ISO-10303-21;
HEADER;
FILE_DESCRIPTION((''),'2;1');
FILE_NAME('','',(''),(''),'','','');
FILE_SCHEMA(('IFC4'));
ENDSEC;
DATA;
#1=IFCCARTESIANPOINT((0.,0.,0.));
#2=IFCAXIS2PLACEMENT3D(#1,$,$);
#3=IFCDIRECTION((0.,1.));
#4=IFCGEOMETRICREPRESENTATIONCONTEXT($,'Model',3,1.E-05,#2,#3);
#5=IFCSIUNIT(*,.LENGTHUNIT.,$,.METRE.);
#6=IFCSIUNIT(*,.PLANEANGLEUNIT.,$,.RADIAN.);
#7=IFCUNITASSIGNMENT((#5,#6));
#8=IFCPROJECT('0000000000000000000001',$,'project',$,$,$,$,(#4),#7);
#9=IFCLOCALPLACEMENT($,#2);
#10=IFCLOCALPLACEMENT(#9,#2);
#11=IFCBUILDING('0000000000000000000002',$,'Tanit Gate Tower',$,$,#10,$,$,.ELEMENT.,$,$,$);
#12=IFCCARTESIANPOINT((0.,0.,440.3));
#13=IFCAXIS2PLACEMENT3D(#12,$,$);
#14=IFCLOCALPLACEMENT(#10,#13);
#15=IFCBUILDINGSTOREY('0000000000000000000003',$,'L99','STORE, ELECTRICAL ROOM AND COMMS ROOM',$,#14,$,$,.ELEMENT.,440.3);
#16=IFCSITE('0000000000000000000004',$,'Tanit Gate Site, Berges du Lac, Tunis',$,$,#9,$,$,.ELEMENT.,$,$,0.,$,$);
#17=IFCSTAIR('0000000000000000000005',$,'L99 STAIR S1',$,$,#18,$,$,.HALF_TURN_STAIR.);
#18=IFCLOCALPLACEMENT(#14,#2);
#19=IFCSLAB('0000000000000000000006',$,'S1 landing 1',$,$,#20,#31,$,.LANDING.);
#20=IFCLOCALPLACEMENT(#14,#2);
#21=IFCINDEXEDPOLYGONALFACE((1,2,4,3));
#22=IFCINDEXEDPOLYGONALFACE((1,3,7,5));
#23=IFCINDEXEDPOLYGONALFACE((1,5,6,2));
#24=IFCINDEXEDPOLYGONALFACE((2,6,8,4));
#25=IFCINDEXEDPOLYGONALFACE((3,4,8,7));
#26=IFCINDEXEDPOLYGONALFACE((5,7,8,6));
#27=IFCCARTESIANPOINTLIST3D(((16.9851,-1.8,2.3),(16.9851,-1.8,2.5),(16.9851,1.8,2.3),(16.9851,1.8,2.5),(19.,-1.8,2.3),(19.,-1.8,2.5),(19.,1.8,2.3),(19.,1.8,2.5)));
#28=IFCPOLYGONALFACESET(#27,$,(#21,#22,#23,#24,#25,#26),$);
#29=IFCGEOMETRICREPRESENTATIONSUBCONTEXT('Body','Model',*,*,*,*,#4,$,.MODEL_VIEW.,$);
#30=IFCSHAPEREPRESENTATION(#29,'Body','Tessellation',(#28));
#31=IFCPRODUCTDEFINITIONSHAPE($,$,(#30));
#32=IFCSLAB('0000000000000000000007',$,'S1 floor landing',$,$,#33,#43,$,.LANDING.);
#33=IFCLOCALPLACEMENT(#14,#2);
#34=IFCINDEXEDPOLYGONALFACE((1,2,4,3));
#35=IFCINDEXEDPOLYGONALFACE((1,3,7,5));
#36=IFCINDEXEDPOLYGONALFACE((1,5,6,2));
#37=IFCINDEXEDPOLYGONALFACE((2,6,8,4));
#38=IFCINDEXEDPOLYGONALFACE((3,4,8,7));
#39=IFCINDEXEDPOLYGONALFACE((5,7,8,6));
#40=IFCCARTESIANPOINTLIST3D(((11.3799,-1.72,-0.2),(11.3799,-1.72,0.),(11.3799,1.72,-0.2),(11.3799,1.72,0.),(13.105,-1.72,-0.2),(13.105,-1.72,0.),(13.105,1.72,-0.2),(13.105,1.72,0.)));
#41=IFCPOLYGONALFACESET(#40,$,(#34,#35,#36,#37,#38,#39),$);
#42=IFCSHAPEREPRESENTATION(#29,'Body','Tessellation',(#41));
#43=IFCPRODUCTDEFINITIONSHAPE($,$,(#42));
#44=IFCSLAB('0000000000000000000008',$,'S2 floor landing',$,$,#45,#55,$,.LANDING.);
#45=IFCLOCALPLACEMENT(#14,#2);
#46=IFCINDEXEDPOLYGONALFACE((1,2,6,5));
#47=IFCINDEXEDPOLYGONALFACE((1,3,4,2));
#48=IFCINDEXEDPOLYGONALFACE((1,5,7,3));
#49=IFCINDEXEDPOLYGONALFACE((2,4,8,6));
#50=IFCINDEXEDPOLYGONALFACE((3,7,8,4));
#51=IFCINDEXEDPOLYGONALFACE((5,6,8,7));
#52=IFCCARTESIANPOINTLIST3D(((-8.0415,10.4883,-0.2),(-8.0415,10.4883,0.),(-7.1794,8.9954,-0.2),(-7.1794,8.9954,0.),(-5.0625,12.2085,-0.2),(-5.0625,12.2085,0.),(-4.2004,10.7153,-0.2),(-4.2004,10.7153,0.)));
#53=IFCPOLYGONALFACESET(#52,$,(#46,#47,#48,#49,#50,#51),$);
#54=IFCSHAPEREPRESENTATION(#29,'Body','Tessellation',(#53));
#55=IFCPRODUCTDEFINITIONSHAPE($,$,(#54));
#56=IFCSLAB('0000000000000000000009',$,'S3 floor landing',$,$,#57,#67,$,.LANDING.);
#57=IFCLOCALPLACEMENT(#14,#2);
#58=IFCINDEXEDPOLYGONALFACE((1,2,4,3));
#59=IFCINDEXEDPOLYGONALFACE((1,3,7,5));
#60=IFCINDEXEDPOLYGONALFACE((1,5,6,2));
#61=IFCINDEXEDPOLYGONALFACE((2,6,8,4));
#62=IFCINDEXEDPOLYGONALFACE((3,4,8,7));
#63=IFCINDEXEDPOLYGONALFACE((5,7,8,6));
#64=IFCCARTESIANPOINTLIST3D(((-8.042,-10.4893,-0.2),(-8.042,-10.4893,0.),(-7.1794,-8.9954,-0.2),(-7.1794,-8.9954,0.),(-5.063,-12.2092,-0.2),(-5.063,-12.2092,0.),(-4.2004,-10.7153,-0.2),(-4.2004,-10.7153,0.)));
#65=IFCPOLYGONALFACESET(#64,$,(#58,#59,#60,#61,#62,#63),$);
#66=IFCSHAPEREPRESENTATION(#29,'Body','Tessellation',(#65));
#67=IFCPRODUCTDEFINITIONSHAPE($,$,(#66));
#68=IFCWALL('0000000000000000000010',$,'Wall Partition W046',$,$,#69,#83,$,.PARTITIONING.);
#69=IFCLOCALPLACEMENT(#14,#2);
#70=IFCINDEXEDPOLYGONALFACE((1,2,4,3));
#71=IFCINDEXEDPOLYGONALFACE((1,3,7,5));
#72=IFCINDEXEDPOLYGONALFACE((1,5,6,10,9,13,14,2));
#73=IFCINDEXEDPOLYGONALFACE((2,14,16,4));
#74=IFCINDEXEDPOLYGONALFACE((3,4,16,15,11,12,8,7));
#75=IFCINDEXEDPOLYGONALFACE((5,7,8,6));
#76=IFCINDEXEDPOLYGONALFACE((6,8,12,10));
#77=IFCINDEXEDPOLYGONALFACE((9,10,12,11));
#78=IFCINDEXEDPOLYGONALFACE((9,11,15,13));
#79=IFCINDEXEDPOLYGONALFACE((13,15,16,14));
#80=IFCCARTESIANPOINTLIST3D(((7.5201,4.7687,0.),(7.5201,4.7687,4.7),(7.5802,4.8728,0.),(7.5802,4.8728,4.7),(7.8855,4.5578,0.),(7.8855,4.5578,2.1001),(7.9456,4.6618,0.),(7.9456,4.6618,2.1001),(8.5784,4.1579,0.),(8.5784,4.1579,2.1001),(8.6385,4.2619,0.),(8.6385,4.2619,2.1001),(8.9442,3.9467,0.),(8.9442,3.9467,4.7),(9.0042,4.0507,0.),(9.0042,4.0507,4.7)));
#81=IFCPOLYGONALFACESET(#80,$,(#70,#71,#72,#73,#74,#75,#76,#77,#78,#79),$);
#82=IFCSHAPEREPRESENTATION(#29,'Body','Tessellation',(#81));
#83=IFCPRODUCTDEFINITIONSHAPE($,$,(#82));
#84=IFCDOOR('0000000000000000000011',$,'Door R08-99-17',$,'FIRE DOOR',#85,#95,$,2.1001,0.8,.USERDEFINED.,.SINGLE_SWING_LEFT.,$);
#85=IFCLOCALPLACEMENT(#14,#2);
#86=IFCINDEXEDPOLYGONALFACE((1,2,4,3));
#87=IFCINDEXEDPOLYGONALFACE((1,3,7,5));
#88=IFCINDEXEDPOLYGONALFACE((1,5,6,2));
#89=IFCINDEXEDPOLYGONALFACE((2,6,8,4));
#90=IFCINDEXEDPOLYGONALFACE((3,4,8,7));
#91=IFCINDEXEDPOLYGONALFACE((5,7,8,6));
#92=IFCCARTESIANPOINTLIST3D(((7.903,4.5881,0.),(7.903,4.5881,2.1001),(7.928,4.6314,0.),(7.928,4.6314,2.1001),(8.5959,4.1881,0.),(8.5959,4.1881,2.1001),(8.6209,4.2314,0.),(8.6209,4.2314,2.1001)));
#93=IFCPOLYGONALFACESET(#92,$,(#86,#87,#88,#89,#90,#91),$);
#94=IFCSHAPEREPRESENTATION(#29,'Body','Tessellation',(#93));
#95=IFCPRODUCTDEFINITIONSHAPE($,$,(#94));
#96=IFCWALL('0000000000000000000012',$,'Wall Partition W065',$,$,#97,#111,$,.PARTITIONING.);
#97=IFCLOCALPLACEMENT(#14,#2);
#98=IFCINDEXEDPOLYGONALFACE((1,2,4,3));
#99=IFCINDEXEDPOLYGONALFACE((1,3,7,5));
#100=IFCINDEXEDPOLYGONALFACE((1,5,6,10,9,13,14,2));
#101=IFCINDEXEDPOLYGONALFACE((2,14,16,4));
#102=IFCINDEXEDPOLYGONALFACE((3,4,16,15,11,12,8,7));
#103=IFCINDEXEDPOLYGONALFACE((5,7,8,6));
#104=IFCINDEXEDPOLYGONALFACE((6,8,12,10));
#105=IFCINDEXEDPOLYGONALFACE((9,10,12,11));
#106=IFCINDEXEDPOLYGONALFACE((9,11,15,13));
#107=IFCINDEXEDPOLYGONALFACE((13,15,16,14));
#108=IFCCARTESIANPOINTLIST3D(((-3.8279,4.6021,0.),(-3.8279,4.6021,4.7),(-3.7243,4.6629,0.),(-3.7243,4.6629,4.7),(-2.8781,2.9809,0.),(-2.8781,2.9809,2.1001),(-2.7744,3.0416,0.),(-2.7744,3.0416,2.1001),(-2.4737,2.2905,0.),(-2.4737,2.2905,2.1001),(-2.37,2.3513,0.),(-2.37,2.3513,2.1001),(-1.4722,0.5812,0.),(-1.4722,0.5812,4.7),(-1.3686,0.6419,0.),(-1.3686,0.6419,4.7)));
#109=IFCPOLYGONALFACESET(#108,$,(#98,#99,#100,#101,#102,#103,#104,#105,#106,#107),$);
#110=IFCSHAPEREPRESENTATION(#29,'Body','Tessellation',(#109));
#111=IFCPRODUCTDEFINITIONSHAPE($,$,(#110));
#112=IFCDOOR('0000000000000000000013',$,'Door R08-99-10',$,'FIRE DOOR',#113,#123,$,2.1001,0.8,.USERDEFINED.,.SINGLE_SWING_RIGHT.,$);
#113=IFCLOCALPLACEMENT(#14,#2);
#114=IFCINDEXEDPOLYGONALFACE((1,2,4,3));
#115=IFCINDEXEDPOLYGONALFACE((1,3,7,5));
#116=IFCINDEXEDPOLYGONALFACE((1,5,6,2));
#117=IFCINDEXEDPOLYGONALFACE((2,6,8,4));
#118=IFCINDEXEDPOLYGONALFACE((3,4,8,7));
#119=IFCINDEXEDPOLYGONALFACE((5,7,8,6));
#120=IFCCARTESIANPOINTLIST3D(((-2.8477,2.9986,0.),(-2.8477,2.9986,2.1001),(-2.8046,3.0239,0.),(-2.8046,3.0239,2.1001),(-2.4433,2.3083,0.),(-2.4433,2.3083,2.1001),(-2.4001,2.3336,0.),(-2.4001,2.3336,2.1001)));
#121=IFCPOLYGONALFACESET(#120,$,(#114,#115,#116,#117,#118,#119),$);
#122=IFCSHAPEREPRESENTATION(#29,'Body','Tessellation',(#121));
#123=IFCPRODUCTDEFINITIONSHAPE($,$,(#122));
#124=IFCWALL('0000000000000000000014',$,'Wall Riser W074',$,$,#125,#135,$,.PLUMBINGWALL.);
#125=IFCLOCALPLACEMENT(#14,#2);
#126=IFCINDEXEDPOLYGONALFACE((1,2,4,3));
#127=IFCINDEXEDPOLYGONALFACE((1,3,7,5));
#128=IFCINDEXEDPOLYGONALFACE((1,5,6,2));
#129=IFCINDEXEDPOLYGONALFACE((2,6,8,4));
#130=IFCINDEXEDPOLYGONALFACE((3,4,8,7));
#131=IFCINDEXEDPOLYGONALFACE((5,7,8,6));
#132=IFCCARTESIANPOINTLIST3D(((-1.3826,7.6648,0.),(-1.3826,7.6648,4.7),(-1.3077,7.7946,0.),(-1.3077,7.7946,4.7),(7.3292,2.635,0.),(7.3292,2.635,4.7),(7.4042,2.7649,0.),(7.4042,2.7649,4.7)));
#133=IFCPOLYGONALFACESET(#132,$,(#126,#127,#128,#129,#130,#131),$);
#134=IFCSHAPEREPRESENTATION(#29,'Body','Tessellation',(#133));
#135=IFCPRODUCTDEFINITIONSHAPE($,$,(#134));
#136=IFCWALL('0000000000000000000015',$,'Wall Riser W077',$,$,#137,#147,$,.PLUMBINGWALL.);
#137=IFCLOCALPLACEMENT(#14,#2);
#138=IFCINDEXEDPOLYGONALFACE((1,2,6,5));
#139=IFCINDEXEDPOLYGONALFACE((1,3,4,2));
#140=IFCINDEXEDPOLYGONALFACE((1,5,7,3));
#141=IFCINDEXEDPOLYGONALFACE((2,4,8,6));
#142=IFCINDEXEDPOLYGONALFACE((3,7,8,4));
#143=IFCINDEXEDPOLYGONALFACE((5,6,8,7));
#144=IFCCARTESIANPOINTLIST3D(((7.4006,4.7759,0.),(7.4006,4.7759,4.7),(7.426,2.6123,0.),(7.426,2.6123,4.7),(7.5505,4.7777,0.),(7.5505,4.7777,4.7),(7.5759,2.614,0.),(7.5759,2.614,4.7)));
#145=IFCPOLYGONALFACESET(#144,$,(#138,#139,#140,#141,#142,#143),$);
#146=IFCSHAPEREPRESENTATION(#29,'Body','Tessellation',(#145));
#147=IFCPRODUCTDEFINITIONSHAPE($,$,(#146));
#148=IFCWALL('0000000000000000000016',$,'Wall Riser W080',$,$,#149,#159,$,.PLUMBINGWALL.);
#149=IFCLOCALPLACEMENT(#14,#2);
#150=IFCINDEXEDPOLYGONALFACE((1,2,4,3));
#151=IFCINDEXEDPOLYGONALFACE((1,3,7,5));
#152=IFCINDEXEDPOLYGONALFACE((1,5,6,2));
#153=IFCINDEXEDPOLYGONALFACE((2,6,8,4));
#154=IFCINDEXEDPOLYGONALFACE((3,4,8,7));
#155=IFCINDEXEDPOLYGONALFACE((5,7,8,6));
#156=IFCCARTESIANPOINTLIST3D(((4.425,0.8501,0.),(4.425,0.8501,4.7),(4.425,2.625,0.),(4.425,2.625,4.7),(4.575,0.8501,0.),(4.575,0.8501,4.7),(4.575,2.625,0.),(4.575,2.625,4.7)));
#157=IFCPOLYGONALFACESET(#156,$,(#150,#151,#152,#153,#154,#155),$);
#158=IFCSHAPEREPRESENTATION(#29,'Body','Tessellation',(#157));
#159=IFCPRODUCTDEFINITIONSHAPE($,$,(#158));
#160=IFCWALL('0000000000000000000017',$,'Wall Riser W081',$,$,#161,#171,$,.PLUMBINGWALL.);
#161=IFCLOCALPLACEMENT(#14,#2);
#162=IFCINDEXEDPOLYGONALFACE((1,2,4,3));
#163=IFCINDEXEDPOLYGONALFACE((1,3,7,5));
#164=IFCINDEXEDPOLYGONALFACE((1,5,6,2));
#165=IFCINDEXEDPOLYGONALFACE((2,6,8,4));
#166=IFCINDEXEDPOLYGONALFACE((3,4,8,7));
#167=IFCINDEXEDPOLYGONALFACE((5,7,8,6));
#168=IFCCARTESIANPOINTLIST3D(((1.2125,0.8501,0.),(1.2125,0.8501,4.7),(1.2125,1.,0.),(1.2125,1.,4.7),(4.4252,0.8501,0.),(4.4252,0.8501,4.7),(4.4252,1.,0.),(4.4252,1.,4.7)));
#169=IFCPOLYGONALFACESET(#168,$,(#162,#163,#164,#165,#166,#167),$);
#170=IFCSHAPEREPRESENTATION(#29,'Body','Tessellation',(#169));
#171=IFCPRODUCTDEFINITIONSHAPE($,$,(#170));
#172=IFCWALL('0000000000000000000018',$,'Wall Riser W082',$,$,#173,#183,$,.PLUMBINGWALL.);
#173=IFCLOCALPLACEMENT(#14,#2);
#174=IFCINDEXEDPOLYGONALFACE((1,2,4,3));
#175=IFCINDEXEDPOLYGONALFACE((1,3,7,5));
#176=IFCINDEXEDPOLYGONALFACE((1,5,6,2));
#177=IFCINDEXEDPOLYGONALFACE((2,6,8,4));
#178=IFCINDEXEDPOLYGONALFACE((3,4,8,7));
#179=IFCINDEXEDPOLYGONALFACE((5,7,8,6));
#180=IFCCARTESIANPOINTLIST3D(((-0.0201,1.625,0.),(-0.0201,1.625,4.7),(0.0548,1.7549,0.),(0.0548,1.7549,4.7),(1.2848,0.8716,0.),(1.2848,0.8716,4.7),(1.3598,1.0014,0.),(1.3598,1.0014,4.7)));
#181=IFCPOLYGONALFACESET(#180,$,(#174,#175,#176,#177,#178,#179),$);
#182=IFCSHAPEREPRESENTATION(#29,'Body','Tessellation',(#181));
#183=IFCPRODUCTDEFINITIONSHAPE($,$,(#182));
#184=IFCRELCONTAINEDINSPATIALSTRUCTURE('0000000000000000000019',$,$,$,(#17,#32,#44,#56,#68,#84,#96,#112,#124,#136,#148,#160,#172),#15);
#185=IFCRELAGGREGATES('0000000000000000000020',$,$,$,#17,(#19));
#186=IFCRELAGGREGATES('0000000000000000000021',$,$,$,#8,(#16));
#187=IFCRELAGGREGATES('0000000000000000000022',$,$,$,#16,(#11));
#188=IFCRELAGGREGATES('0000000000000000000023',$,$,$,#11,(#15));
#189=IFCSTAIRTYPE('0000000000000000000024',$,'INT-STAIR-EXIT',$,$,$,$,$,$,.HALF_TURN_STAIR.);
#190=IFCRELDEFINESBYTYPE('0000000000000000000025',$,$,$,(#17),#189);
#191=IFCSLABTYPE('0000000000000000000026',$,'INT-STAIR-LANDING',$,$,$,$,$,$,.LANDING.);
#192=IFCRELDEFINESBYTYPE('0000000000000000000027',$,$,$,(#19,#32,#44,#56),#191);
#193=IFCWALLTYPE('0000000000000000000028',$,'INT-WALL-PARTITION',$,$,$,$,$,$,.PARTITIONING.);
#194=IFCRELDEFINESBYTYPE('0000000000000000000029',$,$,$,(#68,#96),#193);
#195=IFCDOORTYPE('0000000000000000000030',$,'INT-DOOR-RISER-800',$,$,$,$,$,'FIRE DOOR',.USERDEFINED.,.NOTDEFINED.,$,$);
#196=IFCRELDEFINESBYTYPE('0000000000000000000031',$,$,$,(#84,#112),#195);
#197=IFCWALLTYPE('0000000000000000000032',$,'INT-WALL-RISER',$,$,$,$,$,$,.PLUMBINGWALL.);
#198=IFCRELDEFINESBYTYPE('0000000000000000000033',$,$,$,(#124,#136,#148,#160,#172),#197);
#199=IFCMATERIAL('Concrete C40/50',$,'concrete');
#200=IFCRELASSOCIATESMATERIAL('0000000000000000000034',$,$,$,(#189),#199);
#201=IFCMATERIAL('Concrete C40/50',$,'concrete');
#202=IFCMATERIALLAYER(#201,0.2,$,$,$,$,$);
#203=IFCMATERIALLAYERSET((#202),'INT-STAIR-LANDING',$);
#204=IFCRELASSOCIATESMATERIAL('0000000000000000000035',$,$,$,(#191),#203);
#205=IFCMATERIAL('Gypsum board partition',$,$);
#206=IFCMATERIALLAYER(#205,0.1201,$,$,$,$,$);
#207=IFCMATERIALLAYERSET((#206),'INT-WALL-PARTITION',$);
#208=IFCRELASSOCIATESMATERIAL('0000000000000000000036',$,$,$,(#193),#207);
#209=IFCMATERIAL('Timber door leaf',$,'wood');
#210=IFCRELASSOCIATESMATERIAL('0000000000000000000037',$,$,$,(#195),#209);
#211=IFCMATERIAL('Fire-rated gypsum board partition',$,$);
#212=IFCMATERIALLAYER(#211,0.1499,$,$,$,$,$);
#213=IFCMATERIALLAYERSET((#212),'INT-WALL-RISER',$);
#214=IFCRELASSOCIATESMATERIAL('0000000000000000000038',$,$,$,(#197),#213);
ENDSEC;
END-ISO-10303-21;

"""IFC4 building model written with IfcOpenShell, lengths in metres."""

from ifc_helpers import new_model, si_unit, direction, frame, frame_2d, origin, place, context, subcontext, project, spatial, polyline, rectangle, outline, extrude, material, layer, layer_set, type_object, element, fill, aggregate, save


model = new_model("IFC4")

# Units and contexts
model_context = context("Model", 3, precision=1e-05, world=origin(), true_north=direction((0.0, 1.0)))
body_context = subcontext(model_context, "Body", "Model", "MODEL_VIEW")
ifc_project = project(units=[si_unit("LENGTHUNIT", "METRE"), si_unit("PLANEANGLEUNIT", "RADIAN")], contexts=[model_context])

# Site, building, storey
site_placement = place(None, origin())
site = spatial("IfcSite", under=ifc_project, at=site_placement, Name="Tanit Gate Site, Berges du Lac, Tunis", CompositionType="ELEMENT", RefElevation=0.0)
building_placement = place(site_placement, origin())
building = spatial("IfcBuilding", under=site, at=building_placement, Name="Tanit Gate Tower", CompositionType="ELEMENT")
storey_placement = place(building_placement, frame((0.0, 0.0, 440.3)))
storey = spatial("IfcBuildingStorey", under=building, at=storey_placement, Name="L99", Description="STORE, ELECTRICAL ROOM AND COMMS ROOM", CompositionType="ELEMENT", Elevation=440.3)

# Stair, slab
ifc_material_1 = material(Name="Concrete C40/50", Category="concrete")
stair_type = type_object("IfcStairType", Name="INT-STAIR-EXIT", PredefinedType="HALF_TURN_STAIR", material=ifc_material_1)
stair_placement = place(storey_placement, origin())
stair = element("IfcStair", 1, at=stair_placement, inside=storey, type_object=stair_type, Name="L99 STAIR S1", PredefinedType="HALF_TURN_STAIR")
ifc_material_2 = material(Name="Concrete C40/50", Category="concrete")
ifc_layer_1 = layer(ifc_material_2, 0.2)
ifc_layer_set_1 = layer_set([ifc_layer_1], Name="INT-STAIR-LANDING")
slab_type = type_object("IfcSlabType", Name="INT-STAIR-LANDING", PredefinedType="LANDING", material=ifc_layer_set_1)
slab_1_placement = place(storey_placement, frame((0.0, 0.0, 2.3)))
slab_1 = element("IfcSlab", 2, at=slab_1_placement, type_object=slab_type, Name="S1 landing 1", PredefinedType="LANDING", context=body_context, shape_type="SweptSolid", body=[
    extrude(outline(polyline([(16.9851, -1.8), (19.0, -1.8), (19.0, 1.8), (16.9851, 1.8), (16.9851, -1.8)])), origin(), (0.0, 0.0, 1.0), 0.2),
])
aggregate(stair, [slab_1])

# Slabs
slab_2_placement = place(storey_placement, frame((0.0, 0.0, -0.2)))
element("IfcSlab", 3, at=slab_2_placement, inside=storey, type_object=slab_type, Name="S1 floor landing", PredefinedType="LANDING", context=body_context, shape_type="SweptSolid", body=[
    extrude(outline(polyline([(11.3799, -1.72), (13.105, -1.72), (13.105, 1.72), (11.3799, 1.72), (11.3799, -1.72)])), origin(), (0.0, 0.0, 1.0), 0.2),
])
slab_3_placement = place(storey_placement, frame((0.0, 0.0, -0.2)))
element("IfcSlab", 4, at=slab_3_placement, inside=storey, type_object=slab_type, Name="S2 floor landing", PredefinedType="LANDING", context=body_context, shape_type="SweptSolid", body=[
    extrude(outline(polyline([(-4.2004, 10.7153), (-5.0625, 12.2085), (-8.0415, 10.4883), (-7.1794, 8.9954), (-4.2004, 10.7153)])), origin(), (0.0, 0.0, 1.0), 0.2),
])
slab_4_placement = place(storey_placement, frame((0.0, 0.0, -0.2)))
element("IfcSlab", 5, at=slab_4_placement, inside=storey, type_object=slab_type, Name="S3 floor landing", PredefinedType="LANDING", context=body_context, shape_type="SweptSolid", body=[
    extrude(outline(polyline([(-7.1794, -8.9954), (-8.042, -10.4893), (-5.063, -12.2092), (-4.2004, -10.7153), (-7.1794, -8.9954)])), origin(), (0.0, 0.0, 1.0), 0.2),
])

# Walls, openings, doors
ifc_material_3 = material(Name="Gypsum board partition")
ifc_layer_2 = layer(ifc_material_3, 0.1201)
ifc_layer_set_2 = layer_set([ifc_layer_2], Name="INT-WALL-PARTITION")
wall_type_1 = type_object("IfcWallType", Name="INT-WALL-PARTITION", PredefinedType="PARTITIONING", material=ifc_layer_set_2)
wall_1_placement = place(storey_placement, frame((7.55, 4.8208, 0.0), z_axis=(0.0, 0.0, 1.0), x_axis=(0.866069, -0.499924, 0.0)))
wall_1 = element("IfcWall", 6, at=wall_1_placement, inside=storey, type_object=wall_type_1, Name="Wall Partition W046", PredefinedType="PARTITIONING", context=body_context, shape_type="SweptSolid", body=[
    extrude(rectangle(XDim=1.6443, YDim=0.1201, at=frame_2d((0.8223, 0.0))), origin(), (0.0, 0.0, 1.0), 4.7),
])
opening_1_placement = place(wall_1_placement, frame((0.4221, 0.0, 0.0)))
opening_1 = element("IfcOpeningElement", 7, at=opening_1_placement, cuts=wall_1, PredefinedType="OPENING", context=body_context, shape_type="SweptSolid", body=[
    extrude(rectangle(XDim=0.8, YDim=2.1001, at=frame_2d((0.3999, 1.05))), frame((0.0, 0.0701, 0.0), z_axis=(0.0, -1.0, 0.0), x_axis=(1.0, 0.0, 0.0)), (0.0, 0.0, 1.0), 0.1401),
])
ifc_material_4 = material(Name="Timber door leaf", Category="wood")
door_type = type_object("IfcDoorType", Name="INT-DOOR-RISER-800", ElementType="FIRE DOOR", OperationType="NOTDEFINED", PredefinedType="USERDEFINED", material=ifc_material_4)
door_1_placement = place(opening_1_placement, origin())
door_1 = element("IfcDoor", 8, at=door_1_placement, inside=storey, type_object=door_type, Name="Door R08-99-17", ObjectType="FIRE DOOR", OperationType="SINGLE_SWING_LEFT", OverallHeight=2.1001, OverallWidth=0.8, PredefinedType="USERDEFINED", context=body_context, shape_type="SweptSolid", body=[
    extrude(rectangle(XDim=0.8, YDim=2.1001, at=frame_2d((0.3999, 1.05))), frame((0.0, 0.0249, 0.0), z_axis=(0.0, -1.0, 0.0), x_axis=(1.0, 0.0, 0.0)), (0.0, 0.0, 1.0), 0.05),
])
fill(opening_1, door_1)
wall_2_placement = place(storey_placement, frame((-1.4204, 0.6116, 0.0), z_axis=(0.0, 0.0, 1.0), x_axis=(-0.505492, 0.862831, 0.0)))
wall_2 = element("IfcWall", 9, at=wall_2_placement, inside=storey, type_object=wall_type_1, Name="Wall Partition W065", PredefinedType="PARTITIONING", context=body_context, shape_type="SweptSolid", body=[
    extrude(rectangle(XDim=4.6602, YDim=0.1201, at=frame_2d((2.3301, 0.0))), origin(), (0.0, 0.0, 1.0), 4.7),
])
opening_2_placement = place(wall_2_placement, frame((1.9812, 0.0, 0.0)))
opening_2 = element("IfcOpeningElement", 10, at=opening_2_placement, cuts=wall_2, PredefinedType="OPENING", context=body_context, shape_type="SweptSolid", body=[
    extrude(rectangle(XDim=0.8, YDim=2.1001, at=frame_2d((0.3999, 1.05))), frame((0.0, 0.0701, 0.0), z_axis=(0.0, -1.0, 0.0), x_axis=(1.0, 0.0, 0.0)), (0.0, 0.0, 1.0), 0.1401),
])
door_2_placement = place(opening_2_placement, origin())
door_2 = element("IfcDoor", 11, at=door_2_placement, inside=storey, type_object=door_type, Name="Door R08-99-10", ObjectType="FIRE DOOR", OperationType="SINGLE_SWING_RIGHT", OverallHeight=2.1001, OverallWidth=0.8, PredefinedType="USERDEFINED", context=body_context, shape_type="SweptSolid", body=[
    extrude(rectangle(XDim=0.8, YDim=2.1001, at=frame_2d((0.3999, 1.05))), frame((0.0, 0.0249, 0.0), z_axis=(0.0, -1.0, 0.0), x_axis=(1.0, 0.0, 0.0)), (0.0, 0.0, 1.0), 0.05),
])
fill(opening_2, door_2)

# Walls
ifc_material_5 = material(Name="Fire-rated gypsum board partition")
ifc_layer_3 = layer(ifc_material_5, 0.1499)
ifc_layer_set_3 = layer_set([ifc_layer_3], Name="INT-WALL-RISER")
wall_type_2 = type_object("IfcWallType", Name="INT-WALL-RISER", PredefinedType="PLUMBINGWALL", material=ifc_layer_set_3)
wall_3_placement = place(storey_placement, frame((7.3667, 2.7, 0.0), z_axis=(0.0, 0.0, 1.0), x_axis=(-0.866027, 0.499997, 0.0)))
element("IfcWall", 12, at=wall_3_placement, inside=storey, type_object=wall_type_2, Name="Wall Riser W074", PredefinedType="PLUMBINGWALL", context=body_context, shape_type="SweptSolid", body=[
    extrude(rectangle(XDim=10.0596, YDim=0.1499, at=frame_2d((5.0298, 0.0))), origin(), (0.0, 0.0, 1.0), 4.7),
])
wall_4_placement = place(storey_placement, frame((7.501, 2.613, 0.0), z_axis=(0.0, 0.0, 1.0), x_axis=(-0.011735, 0.999931, 0.0)))
element("IfcWall", 13, at=wall_4_placement, inside=storey, type_object=wall_type_2, Name="Wall Riser W077", PredefinedType="PLUMBINGWALL", context=body_context, shape_type="SweptSolid", body=[
    extrude(rectangle(XDim=2.1638, YDim=0.1499, at=frame_2d((1.082, 0.0))), origin(), (0.0, 0.0, 1.0), 4.7),
])
wall_5_placement = place(storey_placement, frame((4.5, 0.8501, 0.0), z_axis=(0.0, 0.0, 1.0), x_axis=(0.0, 1.0, 0.0)))
element("IfcWall", 14, at=wall_5_placement, inside=storey, type_object=wall_type_2, Name="Wall Riser W080", PredefinedType="PLUMBINGWALL", context=body_context, shape_type="SweptSolid", body=[
    extrude(rectangle(XDim=1.7749, YDim=0.1499, at=frame_2d((0.8875, 0.0))), origin(), (0.0, 0.0, 1.0), 4.7),
])
wall_6_placement = place(storey_placement, frame((1.2124, 0.925, 0.0), z_axis=(0.0, 0.0, 1.0), x_axis=(1.0, 0.0, 0.0)))
element("IfcWall", 15, at=wall_6_placement, inside=storey, type_object=wall_type_2, Name="Wall Riser W081", PredefinedType="PLUMBINGWALL", context=body_context, shape_type="SweptSolid", body=[
    extrude(rectangle(XDim=3.2126, YDim=0.1499, at=frame_2d((1.6064, 0.0))), origin(), (0.0, 0.0, 1.0), 4.7),
])
wall_7_placement = place(storey_placement, frame((0.0173, 1.6899, 0.0), z_axis=(0.0, 0.0, 1.0), x_axis=(0.866021, -0.500008, 0.0)))
element("IfcWall", 16, at=wall_7_placement, inside=storey, type_object=wall_type_2, Name="Wall Riser W082", PredefinedType="PLUMBINGWALL", context=body_context, shape_type="SweptSolid", body=[
    extrude(rectangle(XDim=1.5068, YDim=0.1499, at=frame_2d((0.7534, 0.0))), origin(), (0.0, 0.0, 1.0), 4.7),
])

save(model, "model.ifc")
